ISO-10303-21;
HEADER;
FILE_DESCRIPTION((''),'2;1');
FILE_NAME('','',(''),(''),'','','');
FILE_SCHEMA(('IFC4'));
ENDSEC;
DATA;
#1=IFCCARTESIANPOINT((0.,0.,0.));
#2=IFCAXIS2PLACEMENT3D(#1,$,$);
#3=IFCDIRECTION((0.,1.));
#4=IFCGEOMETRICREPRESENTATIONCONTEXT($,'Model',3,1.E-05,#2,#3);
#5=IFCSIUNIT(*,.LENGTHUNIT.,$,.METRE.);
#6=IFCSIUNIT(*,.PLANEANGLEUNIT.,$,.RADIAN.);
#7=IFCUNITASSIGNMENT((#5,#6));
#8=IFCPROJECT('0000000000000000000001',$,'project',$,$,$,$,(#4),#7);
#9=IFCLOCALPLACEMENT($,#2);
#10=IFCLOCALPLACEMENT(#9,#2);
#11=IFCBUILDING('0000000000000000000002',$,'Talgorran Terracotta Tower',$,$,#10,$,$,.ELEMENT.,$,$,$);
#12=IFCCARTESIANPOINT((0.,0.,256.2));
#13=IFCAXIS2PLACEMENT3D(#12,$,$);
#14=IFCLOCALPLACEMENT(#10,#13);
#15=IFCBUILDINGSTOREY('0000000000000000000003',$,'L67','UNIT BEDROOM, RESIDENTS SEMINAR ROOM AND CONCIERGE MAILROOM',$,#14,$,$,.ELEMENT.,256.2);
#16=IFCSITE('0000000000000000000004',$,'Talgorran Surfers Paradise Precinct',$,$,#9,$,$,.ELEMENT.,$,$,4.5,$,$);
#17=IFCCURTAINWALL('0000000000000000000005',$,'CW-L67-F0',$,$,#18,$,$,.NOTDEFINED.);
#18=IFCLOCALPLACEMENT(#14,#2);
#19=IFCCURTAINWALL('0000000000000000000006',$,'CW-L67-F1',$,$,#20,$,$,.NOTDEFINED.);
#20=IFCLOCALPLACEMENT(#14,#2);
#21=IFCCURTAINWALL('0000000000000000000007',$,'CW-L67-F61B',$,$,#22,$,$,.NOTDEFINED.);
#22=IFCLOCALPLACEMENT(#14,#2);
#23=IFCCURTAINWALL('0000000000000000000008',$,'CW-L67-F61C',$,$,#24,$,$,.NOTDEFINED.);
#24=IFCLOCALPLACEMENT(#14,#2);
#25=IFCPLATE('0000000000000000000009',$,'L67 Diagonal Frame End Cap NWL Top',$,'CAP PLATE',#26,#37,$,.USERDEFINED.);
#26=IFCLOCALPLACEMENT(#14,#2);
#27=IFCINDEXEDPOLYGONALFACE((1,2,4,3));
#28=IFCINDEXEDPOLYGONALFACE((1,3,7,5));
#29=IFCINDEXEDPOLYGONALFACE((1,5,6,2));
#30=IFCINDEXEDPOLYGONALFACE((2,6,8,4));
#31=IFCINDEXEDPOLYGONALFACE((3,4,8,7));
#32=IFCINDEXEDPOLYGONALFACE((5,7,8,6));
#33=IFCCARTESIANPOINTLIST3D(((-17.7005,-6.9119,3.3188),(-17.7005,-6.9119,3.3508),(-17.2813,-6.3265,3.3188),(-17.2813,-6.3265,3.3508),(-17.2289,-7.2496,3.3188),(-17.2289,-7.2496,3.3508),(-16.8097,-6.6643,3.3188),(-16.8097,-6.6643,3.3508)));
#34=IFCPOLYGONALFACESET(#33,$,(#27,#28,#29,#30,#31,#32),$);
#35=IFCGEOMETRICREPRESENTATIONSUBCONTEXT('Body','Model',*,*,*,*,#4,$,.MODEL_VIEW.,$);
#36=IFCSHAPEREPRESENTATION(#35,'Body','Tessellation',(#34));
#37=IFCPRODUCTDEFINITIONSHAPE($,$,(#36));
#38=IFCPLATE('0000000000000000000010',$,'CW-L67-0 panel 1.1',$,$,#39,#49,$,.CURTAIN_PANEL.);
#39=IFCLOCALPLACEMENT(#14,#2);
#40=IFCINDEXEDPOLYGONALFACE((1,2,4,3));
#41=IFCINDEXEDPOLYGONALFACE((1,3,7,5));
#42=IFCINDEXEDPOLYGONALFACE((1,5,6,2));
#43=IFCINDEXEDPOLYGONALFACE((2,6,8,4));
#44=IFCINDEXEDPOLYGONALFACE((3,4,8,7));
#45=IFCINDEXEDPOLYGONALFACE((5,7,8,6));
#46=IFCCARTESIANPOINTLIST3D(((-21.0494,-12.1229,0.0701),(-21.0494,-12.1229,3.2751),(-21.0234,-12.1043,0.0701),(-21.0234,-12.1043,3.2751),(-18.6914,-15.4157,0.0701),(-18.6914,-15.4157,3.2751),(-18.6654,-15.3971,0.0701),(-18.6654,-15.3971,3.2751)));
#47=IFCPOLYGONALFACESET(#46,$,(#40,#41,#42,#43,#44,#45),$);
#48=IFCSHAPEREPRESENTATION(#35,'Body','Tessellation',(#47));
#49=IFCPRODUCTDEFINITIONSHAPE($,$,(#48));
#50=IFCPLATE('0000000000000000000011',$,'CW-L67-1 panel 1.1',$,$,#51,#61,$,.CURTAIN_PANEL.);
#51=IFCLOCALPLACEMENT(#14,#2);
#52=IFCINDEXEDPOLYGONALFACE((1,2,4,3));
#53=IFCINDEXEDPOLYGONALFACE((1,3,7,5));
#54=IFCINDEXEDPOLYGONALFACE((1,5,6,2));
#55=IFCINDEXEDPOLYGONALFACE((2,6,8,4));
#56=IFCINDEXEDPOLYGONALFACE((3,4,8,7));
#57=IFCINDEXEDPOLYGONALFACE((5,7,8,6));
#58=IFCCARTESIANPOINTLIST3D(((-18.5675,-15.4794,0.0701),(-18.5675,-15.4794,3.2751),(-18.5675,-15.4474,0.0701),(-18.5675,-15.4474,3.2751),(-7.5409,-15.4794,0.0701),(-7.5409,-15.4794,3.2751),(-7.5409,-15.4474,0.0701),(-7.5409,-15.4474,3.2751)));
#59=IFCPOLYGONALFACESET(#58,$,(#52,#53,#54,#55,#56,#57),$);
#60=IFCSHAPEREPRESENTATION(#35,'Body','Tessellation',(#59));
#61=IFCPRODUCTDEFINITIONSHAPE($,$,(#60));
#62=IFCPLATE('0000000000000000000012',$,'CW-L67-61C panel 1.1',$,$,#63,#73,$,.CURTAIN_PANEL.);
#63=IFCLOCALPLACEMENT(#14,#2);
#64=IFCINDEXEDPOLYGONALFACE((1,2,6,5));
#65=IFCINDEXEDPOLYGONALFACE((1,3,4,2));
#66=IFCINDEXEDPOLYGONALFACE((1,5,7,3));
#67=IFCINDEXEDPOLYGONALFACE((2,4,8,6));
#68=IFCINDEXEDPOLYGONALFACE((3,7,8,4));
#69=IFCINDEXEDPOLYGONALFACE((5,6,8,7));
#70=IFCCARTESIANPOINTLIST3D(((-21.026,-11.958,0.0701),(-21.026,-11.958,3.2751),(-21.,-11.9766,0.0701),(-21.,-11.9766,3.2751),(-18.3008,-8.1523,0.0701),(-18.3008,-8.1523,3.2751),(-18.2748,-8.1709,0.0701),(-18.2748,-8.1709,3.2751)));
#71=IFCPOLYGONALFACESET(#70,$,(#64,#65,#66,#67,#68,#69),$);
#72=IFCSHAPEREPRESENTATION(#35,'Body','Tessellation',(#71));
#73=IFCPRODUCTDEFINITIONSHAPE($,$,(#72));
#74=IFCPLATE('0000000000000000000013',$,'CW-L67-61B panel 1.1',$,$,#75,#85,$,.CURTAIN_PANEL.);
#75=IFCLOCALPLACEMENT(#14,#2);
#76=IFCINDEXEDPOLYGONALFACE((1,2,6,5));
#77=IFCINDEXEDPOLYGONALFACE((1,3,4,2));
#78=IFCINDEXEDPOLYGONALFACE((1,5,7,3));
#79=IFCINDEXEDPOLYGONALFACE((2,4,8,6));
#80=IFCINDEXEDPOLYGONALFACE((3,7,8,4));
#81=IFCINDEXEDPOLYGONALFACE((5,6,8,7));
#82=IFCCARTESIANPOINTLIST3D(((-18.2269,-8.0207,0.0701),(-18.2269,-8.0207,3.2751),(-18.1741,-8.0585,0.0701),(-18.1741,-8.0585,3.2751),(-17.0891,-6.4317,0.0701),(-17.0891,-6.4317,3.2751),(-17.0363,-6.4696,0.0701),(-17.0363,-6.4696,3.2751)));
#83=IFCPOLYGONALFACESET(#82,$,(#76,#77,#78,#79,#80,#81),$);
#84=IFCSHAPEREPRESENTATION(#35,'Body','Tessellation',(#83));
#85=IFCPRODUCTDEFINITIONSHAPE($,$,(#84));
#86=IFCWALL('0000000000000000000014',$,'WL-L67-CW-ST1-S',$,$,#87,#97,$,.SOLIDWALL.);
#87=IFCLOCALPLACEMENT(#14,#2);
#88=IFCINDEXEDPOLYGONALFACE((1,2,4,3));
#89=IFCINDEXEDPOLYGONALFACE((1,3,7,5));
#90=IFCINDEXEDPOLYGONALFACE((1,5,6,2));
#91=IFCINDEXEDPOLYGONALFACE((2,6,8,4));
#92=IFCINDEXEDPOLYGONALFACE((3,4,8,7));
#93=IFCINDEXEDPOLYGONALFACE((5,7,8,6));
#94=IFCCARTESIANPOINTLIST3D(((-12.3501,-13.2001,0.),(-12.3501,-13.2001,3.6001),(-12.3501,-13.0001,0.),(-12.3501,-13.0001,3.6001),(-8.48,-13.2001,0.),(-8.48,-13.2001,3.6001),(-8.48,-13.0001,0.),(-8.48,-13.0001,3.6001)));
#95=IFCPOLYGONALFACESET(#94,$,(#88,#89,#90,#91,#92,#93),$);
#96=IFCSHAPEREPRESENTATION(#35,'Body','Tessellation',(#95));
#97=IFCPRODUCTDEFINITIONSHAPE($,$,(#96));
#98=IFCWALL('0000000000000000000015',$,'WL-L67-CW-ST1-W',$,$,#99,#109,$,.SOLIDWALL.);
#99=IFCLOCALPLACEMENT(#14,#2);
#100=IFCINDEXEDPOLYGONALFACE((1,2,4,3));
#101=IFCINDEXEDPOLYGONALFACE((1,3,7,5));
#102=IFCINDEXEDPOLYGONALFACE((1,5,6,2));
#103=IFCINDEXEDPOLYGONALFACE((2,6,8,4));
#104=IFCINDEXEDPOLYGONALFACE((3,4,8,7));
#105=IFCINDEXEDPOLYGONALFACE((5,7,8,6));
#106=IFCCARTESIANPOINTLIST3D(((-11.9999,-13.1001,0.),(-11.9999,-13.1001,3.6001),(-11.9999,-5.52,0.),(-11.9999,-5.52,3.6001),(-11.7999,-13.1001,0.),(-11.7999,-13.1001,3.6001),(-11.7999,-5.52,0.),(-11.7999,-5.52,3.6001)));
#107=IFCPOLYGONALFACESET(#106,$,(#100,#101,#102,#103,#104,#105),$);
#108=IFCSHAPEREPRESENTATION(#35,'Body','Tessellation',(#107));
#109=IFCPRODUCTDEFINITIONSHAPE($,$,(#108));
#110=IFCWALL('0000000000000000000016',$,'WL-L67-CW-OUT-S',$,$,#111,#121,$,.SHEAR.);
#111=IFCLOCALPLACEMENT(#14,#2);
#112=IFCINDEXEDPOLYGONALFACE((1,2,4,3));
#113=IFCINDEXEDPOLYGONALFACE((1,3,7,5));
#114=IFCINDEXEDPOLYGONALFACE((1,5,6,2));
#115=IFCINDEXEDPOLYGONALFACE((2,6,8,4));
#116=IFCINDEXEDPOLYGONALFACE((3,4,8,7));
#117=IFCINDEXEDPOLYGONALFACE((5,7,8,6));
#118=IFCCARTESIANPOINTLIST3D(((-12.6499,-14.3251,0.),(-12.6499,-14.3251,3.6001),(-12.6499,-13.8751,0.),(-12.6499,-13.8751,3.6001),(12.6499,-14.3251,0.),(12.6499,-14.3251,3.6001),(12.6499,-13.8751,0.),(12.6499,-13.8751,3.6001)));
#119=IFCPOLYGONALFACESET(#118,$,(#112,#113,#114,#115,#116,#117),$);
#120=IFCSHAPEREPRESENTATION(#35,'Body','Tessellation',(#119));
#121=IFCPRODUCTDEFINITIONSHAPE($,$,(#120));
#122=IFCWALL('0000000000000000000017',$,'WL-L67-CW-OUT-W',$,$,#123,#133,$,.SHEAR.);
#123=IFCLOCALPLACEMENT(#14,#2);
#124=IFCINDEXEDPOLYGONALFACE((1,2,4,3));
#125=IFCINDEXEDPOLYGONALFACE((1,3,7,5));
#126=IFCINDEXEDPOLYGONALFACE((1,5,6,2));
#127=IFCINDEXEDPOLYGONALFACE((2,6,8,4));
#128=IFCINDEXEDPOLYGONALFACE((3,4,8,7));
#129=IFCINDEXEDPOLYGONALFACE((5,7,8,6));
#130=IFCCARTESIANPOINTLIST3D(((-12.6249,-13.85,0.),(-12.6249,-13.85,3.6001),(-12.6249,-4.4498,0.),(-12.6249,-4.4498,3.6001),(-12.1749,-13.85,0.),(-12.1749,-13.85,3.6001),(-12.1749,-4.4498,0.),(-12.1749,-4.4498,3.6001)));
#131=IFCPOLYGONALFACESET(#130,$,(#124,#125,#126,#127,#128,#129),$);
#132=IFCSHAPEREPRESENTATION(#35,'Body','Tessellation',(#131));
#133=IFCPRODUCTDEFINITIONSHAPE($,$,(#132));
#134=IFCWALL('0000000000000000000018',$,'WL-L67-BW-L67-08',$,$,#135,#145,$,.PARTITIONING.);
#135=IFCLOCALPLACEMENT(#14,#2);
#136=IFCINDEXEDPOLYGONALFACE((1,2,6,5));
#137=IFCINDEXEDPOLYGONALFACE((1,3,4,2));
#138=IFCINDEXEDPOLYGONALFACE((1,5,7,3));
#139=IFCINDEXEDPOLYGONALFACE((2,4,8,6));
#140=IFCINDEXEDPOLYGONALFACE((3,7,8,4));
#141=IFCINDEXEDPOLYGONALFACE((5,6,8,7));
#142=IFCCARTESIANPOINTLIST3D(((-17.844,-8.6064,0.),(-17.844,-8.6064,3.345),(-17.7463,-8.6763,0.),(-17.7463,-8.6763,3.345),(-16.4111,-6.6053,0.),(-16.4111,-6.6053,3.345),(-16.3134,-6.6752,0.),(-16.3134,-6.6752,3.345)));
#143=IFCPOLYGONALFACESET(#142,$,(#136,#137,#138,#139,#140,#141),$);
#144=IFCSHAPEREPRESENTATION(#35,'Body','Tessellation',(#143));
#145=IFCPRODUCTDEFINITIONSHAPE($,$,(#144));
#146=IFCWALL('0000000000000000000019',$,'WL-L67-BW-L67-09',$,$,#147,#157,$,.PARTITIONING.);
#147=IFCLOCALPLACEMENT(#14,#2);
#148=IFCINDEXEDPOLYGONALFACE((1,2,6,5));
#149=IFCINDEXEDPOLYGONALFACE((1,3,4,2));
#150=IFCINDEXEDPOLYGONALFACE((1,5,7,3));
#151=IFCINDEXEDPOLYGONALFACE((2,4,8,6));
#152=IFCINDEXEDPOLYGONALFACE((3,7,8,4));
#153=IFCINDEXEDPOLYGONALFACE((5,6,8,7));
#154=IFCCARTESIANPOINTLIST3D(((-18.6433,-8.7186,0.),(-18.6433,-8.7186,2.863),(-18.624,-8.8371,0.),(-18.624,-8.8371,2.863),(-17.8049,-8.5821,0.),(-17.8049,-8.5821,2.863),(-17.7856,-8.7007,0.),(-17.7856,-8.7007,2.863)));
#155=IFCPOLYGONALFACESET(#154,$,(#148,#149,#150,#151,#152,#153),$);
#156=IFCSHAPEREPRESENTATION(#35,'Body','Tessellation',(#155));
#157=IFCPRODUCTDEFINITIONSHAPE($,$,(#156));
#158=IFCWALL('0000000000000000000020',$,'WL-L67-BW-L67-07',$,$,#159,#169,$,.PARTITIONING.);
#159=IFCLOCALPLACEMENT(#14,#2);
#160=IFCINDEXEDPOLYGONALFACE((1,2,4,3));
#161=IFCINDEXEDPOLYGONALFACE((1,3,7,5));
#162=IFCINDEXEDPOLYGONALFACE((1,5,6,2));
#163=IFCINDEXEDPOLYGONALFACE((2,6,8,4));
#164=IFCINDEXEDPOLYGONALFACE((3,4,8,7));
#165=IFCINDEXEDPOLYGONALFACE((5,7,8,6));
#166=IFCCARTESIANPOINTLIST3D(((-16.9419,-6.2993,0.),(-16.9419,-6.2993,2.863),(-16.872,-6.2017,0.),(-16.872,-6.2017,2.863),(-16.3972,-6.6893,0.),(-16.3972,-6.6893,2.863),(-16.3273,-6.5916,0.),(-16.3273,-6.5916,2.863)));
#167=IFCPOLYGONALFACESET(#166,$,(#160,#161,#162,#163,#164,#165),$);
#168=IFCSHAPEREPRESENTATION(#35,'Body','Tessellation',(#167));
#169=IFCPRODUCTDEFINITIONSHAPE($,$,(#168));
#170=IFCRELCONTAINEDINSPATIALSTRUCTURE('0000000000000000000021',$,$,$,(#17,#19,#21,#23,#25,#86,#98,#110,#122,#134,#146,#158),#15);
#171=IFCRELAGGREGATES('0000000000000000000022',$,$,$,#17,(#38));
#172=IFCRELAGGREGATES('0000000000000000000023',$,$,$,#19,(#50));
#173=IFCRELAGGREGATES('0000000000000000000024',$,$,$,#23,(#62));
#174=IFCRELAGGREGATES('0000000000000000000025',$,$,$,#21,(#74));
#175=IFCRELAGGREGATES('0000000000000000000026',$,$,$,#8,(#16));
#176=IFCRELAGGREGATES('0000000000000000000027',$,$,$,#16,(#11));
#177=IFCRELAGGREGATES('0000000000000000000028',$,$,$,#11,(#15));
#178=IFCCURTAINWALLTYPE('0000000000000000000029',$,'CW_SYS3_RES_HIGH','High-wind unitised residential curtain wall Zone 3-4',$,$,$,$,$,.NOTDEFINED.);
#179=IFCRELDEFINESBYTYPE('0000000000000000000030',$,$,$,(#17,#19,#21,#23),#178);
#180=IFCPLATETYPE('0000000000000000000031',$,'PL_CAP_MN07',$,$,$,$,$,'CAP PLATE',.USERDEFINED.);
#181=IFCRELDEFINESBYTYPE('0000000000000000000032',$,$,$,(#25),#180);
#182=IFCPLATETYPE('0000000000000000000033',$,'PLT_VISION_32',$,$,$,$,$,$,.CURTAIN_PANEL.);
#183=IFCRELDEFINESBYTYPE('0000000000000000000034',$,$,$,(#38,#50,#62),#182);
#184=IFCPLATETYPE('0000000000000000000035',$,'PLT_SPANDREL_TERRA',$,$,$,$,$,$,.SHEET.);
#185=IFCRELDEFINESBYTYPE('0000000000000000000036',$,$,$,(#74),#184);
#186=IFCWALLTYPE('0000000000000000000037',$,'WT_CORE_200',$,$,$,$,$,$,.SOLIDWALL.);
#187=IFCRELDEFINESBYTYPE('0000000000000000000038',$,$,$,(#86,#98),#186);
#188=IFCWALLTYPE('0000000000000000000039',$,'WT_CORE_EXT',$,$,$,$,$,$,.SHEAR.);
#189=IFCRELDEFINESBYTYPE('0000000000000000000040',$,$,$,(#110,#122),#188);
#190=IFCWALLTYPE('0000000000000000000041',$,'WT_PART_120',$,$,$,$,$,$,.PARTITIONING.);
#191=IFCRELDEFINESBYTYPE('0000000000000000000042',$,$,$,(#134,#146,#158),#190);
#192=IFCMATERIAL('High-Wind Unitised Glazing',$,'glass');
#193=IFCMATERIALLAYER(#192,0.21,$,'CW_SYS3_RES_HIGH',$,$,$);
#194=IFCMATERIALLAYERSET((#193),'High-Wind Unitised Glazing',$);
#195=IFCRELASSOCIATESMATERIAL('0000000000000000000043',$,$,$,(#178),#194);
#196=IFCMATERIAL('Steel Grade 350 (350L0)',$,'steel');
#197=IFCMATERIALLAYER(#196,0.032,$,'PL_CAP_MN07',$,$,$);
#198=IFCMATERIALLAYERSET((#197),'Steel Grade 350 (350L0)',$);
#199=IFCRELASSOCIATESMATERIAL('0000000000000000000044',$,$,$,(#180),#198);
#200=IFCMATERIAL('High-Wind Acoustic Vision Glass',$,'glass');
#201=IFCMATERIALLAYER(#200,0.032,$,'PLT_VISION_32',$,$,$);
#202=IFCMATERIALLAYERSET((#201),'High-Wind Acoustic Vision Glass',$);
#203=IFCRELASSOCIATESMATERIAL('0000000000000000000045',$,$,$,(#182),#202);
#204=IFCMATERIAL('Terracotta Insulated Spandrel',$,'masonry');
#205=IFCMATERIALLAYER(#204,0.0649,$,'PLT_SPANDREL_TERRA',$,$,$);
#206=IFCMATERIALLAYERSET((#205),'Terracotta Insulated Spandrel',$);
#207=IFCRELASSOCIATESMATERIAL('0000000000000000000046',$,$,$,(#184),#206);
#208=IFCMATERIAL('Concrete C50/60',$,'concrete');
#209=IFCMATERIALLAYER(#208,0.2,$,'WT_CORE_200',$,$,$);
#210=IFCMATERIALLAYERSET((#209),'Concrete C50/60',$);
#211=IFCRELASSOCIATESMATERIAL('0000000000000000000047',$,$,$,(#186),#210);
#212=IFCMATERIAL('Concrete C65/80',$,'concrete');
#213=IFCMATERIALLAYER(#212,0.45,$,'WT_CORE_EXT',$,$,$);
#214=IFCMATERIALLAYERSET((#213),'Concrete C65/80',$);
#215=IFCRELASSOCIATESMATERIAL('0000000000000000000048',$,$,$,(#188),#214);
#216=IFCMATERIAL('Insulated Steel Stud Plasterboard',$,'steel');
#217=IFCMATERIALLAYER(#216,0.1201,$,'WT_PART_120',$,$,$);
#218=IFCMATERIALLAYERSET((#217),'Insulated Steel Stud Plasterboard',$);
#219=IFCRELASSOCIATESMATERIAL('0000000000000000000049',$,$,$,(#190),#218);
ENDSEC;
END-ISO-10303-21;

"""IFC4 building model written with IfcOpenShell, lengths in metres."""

from ifc_helpers import new_model, si_unit, direction, frame, frame_2d, origin, origin_2d, place, context, subcontext, project, spatial, rectangle, extrude, source, transform, mapped, material, layer, layer_set, type_object, type_shapes, element, aggregate, save


model = new_model("IFC4")

# Units and contexts
model_context = context("Model", 3, precision=1e-05, world=origin(), true_north=direction((0.0, 1.0)))
body_context = subcontext(model_context, "Body", "Model", "MODEL_VIEW")
ifc_project = project(units=[si_unit("LENGTHUNIT", "METRE"), si_unit("PLANEANGLEUNIT", "RADIAN")], contexts=[model_context])

# Site, building, storey
site_placement = place(None, origin())
site = spatial("IfcSite", under=ifc_project, at=site_placement, Name="Talgorran Surfers Paradise Precinct", CompositionType="ELEMENT", RefElevation=4.5)
building_placement = place(site_placement, origin())
building = spatial("IfcBuilding", under=site, at=building_placement, Name="Talgorran Terracotta Tower", CompositionType="ELEMENT")
storey_placement = place(building_placement, frame((0.0, 0.0, 256.2)))
storey = spatial("IfcBuildingStorey", under=building, at=storey_placement, Name="L67", Description="UNIT BEDROOM, RESIDENTS SEMINAR ROOM AND CONCIERGE MAILROOM", CompositionType="ELEMENT", Elevation=256.2)

# Shared definitions
ifc_material_1 = material(Name="Steel Grade 350 (350L0)", Category="steel")

# Curtain wall
ifc_material_2 = material(Name="High-Wind Unitised Glazing", Category="glass")
ifc_layer_1 = layer(ifc_material_2, 0.21, Name="CW_SYS3_RES_HIGH")
ifc_layer_set_1 = layer_set([ifc_layer_1], Name="High-Wind Unitised Glazing")
curtain_wall_type = type_object("IfcCurtainWallType", Name="CW_SYS3_RES_HIGH", Description="High-wind unitised residential curtain wall Zone 3-4", PredefinedType="NOTDEFINED", material=ifc_layer_set_1)
curtain_wall_1_placement = place(storey_placement, origin())
curtain_wall_1 = element("IfcCurtainWall", 1, at=curtain_wall_1_placement, inside=storey, type_object=curtain_wall_type, Name="CW-L67-F0", PredefinedType="NOTDEFINED")

# Curtain wall
curtain_wall_2_placement = place(storey_placement, origin())
curtain_wall_2 = element("IfcCurtainWall", 2, at=curtain_wall_2_placement, inside=storey, type_object=curtain_wall_type, Name="CW-L67-F1", PredefinedType="NOTDEFINED")

# Curtain walls
curtain_wall_3_placement = place(storey_placement, origin())
curtain_wall_3 = element("IfcCurtainWall", 3, at=curtain_wall_3_placement, inside=storey, type_object=curtain_wall_type, Name="CW-L67-F61B", PredefinedType="NOTDEFINED")
curtain_wall_4_placement = place(storey_placement, origin())
curtain_wall_4 = element("IfcCurtainWall", 4, at=curtain_wall_4_placement, inside=storey, type_object=curtain_wall_type, Name="CW-L67-F61C", PredefinedType="NOTDEFINED")

# Plate
ifc_layer_2 = layer(ifc_material_1, 0.032, Name="PL_CAP_MN07")
ifc_layer_set_2 = layer_set([ifc_layer_2], Name="Steel Grade 350 (350L0)")
plate_type_1 = type_object("IfcPlateType", Name="PL_CAP_MN07", ElementType="CAP PLATE", PredefinedType="USERDEFINED", material=ifc_layer_set_2)
for number, where, z_axis, x_axis, name in (
    (5, (-17.2551, -6.7881, 3.3188), (0.0, 0.0, 1.0), (0.582265, 0.812999, 0.0), "L67 Diagonal Frame End Cap NWL Top"),
):
    element("IfcPlate", number, at=place(storey_placement, frame(where, z_axis=z_axis, x_axis=x_axis)), inside=storey, type_object=plate_type_1, Name=name, ObjectType="CAP PLATE", PredefinedType="USERDEFINED", context=body_context, shape_type="SweptSolid", body=[
        extrude(rectangle(XDim=0.72, YDim=0.5801, at=origin_2d()), origin(), (0.0, 0.0, 1.0), 0.032),
    ])

# Plates
ifc_material_3 = material(Name="High-Wind Acoustic Vision Glass", Category="glass")
ifc_layer_3 = layer(ifc_material_3, 0.032, Name="PLT_VISION_32")
ifc_layer_set_3 = layer_set([ifc_layer_3], Name="High-Wind Acoustic Vision Glass")
plate_type_2 = type_object("IfcPlateType", Name="PLT_VISION_32", PredefinedType="CURTAIN_PANEL", material=ifc_layer_set_3)
shared_shape_1 = source(origin(), body_context, "Body", "SweptSolid", [
    extrude(rectangle(XDim=4.05, YDim=0.032, at=origin_2d()), origin(), (0.0, 0.0, 1.0), 3.2051),
])
plate_1_placement = place(storey_placement, frame((-19.8574, -13.76, 0.0701), z_axis=(0.0, 0.0, 1.0), x_axis=(0.58222, -0.813031, 0.0)))
plate_1 = element("IfcPlate", 6, at=plate_1_placement, type_object=plate_type_2, Name="CW-L67-0 panel 1.1", PredefinedType="CURTAIN_PANEL", context=body_context, shape_type="MappedRepresentation", body=[
    mapped(shared_shape_1, transform((0.0, 0.0, 0.0), scale=1.0)),
])
aggregate(curtain_wall_1, [plate_1])
shared_shape_2 = source(origin(), body_context, "Body", "SweptSolid", [
    extrude(rectangle(XDim=11.0266, YDim=0.032, at=origin_2d()), origin(), (0.0, 0.0, 1.0), 3.2051),
])
plate_2_placement = place(storey_placement, frame((-13.0542, -15.4634, 0.0701), z_axis=(0.0, 0.0, 1.0), x_axis=(1.0, 0.0, 0.0)))
plate_2 = element("IfcPlate", 7, at=plate_2_placement, type_object=plate_type_2, Name="CW-L67-1 panel 1.1", PredefinedType="CURTAIN_PANEL", context=body_context, shape_type="MappedRepresentation", body=[
    mapped(shared_shape_2, transform((0.0, 0.0, 0.0), scale=1.0)),
])
aggregate(curtain_wall_2, [plate_2])
shared_shape_3 = source(origin(), body_context, "Body", "SweptSolid", [
    extrude(rectangle(XDim=4.6809, YDim=0.032, at=origin_2d()), origin(), (0.0, 0.0, 1.0), 3.2051),
])
type_shapes(plate_type_2, [shared_shape_1, shared_shape_2, shared_shape_3])
plate_3_placement = place(storey_placement, frame((-19.6504, -10.0645, 0.0701), z_axis=(0.0, 0.0, 1.0), x_axis=(-0.582211, -0.813038, 0.0)))
plate_3 = element("IfcPlate", 8, at=plate_3_placement, type_object=plate_type_2, Name="CW-L67-61C panel 1.1", PredefinedType="CURTAIN_PANEL", context=body_context, shape_type="MappedRepresentation", body=[
    mapped(shared_shape_3, transform((0.0, 0.0, 0.0), scale=1.0)),
])
aggregate(curtain_wall_4, [plate_3])
ifc_material_4 = material(Name="Terracotta Insulated Spandrel", Category="masonry")
ifc_layer_4 = layer(ifc_material_4, 0.0649, Name="PLT_SPANDREL_TERRA")
ifc_layer_set_4 = layer_set([ifc_layer_4], Name="Terracotta Insulated Spandrel")
plate_type_3 = type_object("IfcPlateType", Name="PLT_SPANDREL_TERRA", PredefinedType="SHEET", material=ifc_layer_set_4)
shared_shape_4 = source(origin(), body_context, "Body", "SweptSolid", [
    extrude(rectangle(XDim=1.9543, YDim=0.0649, at=origin_2d()), origin(), (0.0, 0.0, 1.0), 3.2051),
])
type_shapes(plate_type_3, [shared_shape_4])
plate_4_placement = place(storey_placement, frame((-17.6316, -7.2451, 0.0701), z_axis=(0.0, 0.0, 1.0), x_axis=(-0.582222, -0.81303, 0.0)))
plate_4 = element("IfcPlate", 9, at=plate_4_placement, type_object=plate_type_3, Name="CW-L67-61B panel 1.1", PredefinedType="CURTAIN_PANEL", context=body_context, shape_type="MappedRepresentation", body=[
    mapped(shared_shape_4, transform((0.0, 0.0, 0.0), scale=1.0)),
])
aggregate(curtain_wall_3, [plate_4])

# Walls
ifc_material_5 = material(Name="Concrete C50/60", Category="concrete")
ifc_layer_5 = layer(ifc_material_5, 0.2, Name="WT_CORE_200")
ifc_layer_set_5 = layer_set([ifc_layer_5], Name="Concrete C50/60")
wall_type_1 = type_object("IfcWallType", Name="WT_CORE_200", PredefinedType="SOLIDWALL", material=ifc_layer_set_5)
wall_1_placement = place(storey_placement, frame((-12.3501, -13.1001, 0.0), z_axis=(0.0, 0.0, 1.0), x_axis=(1.0, 0.0, 0.0)))
element("IfcWall", 10, at=wall_1_placement, inside=storey, type_object=wall_type_1, Name="WL-L67-CW-ST1-S", PredefinedType="SOLIDWALL", context=body_context, shape_type="SweptSolid", body=[
    extrude(rectangle(XDim=3.8701, YDim=0.2, at=frame_2d((1.9351, 0.0))), origin(), (0.0, 0.0, 1.0), 3.6001),
])
wall_2_placement = place(storey_placement, frame((-11.8999, -13.1001, 0.0), z_axis=(0.0, 0.0, 1.0), x_axis=(0.0, 1.0, 0.0)))
element("IfcWall", 11, at=wall_2_placement, inside=storey, type_object=wall_type_1, Name="WL-L67-CW-ST1-W", PredefinedType="SOLIDWALL", context=body_context, shape_type="SweptSolid", body=[
    extrude(rectangle(XDim=7.5801, YDim=0.2, at=frame_2d((3.79, 0.0))), origin(), (0.0, 0.0, 1.0), 3.6001),
])
ifc_material_6 = material(Name="Concrete C65/80", Category="concrete")
ifc_layer_6 = layer(ifc_material_6, 0.45, Name="WT_CORE_EXT")
ifc_layer_set_6 = layer_set([ifc_layer_6], Name="Concrete C65/80")
wall_type_2 = type_object("IfcWallType", Name="WT_CORE_EXT", PredefinedType="SHEAR", material=ifc_layer_set_6)
wall_3_placement = place(storey_placement, frame((-12.6499, -14.1001, 0.0), z_axis=(0.0, 0.0, 1.0), x_axis=(1.0, 0.0, 0.0)))
element("IfcWall", 12, at=wall_3_placement, inside=storey, type_object=wall_type_2, Name="WL-L67-CW-OUT-S", PredefinedType="SHEAR", context=body_context, shape_type="SweptSolid", body=[
    extrude(rectangle(XDim=25.2998, YDim=0.45, at=frame_2d((12.6499, 0.0))), origin(), (0.0, 0.0, 1.0), 3.6001),
])
wall_4_placement = place(storey_placement, frame((-12.3999, -13.8501, 0.0), z_axis=(0.0, 0.0, 1.0), x_axis=(0.0, 1.0, 0.0)))
element("IfcWall", 13, at=wall_4_placement, inside=storey, type_object=wall_type_2, Name="WL-L67-CW-OUT-W", PredefinedType="SHEAR", context=body_context, shape_type="SweptSolid", body=[
    extrude(rectangle(XDim=9.4001, YDim=0.45, at=frame_2d((4.7002, 0.0))), origin(), (0.0, 0.0, 1.0), 3.6001),
])
ifc_material_7 = material(Name="Insulated Steel Stud Plasterboard", Category="steel")
ifc_layer_7 = layer(ifc_material_7, 0.1201, Name="WT_PART_120")
ifc_layer_set_7 = layer_set([ifc_layer_7], Name="Insulated Steel Stud Plasterboard")
wall_type_3 = type_object("IfcWallType", Name="WT_PART_120", PredefinedType="PARTITIONING", material=ifc_layer_set_7)
wall_5_placement = place(storey_placement, frame((-16.3623, -6.6404, 0.0), z_axis=(0.0, 0.0, 1.0), x_axis=(-0.582204, -0.813043, 0.0)))
element("IfcWall", 14, at=wall_5_placement, inside=storey, type_object=wall_type_3, Name="WL-L67-BW-L67-08", PredefinedType="PARTITIONING", context=body_context, shape_type="SweptSolid", body=[
    extrude(rectangle(XDim=2.4612, YDim=0.1201, at=frame_2d((1.2305, 0.0))), origin(), (0.0, 0.0, 1.0), 3.345),
])
wall_6_placement = place(storey_placement, frame((-17.7952, -8.6414, 0.0), z_axis=(0.0, 0.0, 1.0), x_axis=(-0.987008, -0.160669, 0.0)))
element("IfcWall", 15, at=wall_6_placement, inside=storey, type_object=wall_type_3, Name="WL-L67-BW-L67-09", PredefinedType="PARTITIONING", context=body_context, shape_type="SweptSolid", body=[
    extrude(rectangle(XDim=0.8494, YDim=0.1201, at=frame_2d((0.4248, 0.0))), origin(), (0.0, 0.0, 1.0), 2.863),
])
wall_7_placement = place(storey_placement, frame((-16.907, -6.2505, 0.0), z_axis=(0.0, 0.0, 1.0), x_axis=(0.813142, -0.582065, 0.0)))
element("IfcWall", 16, at=wall_7_placement, inside=storey, type_object=wall_type_3, Name="WL-L67-BW-L67-07", PredefinedType="PARTITIONING", context=body_context, shape_type="SweptSolid", body=[
    extrude(rectangle(XDim=0.6699, YDim=0.1201, at=frame_2d((0.335, 0.0))), origin(), (0.0, 0.0, 1.0), 2.863),
])

save(model, "model.ifc")
